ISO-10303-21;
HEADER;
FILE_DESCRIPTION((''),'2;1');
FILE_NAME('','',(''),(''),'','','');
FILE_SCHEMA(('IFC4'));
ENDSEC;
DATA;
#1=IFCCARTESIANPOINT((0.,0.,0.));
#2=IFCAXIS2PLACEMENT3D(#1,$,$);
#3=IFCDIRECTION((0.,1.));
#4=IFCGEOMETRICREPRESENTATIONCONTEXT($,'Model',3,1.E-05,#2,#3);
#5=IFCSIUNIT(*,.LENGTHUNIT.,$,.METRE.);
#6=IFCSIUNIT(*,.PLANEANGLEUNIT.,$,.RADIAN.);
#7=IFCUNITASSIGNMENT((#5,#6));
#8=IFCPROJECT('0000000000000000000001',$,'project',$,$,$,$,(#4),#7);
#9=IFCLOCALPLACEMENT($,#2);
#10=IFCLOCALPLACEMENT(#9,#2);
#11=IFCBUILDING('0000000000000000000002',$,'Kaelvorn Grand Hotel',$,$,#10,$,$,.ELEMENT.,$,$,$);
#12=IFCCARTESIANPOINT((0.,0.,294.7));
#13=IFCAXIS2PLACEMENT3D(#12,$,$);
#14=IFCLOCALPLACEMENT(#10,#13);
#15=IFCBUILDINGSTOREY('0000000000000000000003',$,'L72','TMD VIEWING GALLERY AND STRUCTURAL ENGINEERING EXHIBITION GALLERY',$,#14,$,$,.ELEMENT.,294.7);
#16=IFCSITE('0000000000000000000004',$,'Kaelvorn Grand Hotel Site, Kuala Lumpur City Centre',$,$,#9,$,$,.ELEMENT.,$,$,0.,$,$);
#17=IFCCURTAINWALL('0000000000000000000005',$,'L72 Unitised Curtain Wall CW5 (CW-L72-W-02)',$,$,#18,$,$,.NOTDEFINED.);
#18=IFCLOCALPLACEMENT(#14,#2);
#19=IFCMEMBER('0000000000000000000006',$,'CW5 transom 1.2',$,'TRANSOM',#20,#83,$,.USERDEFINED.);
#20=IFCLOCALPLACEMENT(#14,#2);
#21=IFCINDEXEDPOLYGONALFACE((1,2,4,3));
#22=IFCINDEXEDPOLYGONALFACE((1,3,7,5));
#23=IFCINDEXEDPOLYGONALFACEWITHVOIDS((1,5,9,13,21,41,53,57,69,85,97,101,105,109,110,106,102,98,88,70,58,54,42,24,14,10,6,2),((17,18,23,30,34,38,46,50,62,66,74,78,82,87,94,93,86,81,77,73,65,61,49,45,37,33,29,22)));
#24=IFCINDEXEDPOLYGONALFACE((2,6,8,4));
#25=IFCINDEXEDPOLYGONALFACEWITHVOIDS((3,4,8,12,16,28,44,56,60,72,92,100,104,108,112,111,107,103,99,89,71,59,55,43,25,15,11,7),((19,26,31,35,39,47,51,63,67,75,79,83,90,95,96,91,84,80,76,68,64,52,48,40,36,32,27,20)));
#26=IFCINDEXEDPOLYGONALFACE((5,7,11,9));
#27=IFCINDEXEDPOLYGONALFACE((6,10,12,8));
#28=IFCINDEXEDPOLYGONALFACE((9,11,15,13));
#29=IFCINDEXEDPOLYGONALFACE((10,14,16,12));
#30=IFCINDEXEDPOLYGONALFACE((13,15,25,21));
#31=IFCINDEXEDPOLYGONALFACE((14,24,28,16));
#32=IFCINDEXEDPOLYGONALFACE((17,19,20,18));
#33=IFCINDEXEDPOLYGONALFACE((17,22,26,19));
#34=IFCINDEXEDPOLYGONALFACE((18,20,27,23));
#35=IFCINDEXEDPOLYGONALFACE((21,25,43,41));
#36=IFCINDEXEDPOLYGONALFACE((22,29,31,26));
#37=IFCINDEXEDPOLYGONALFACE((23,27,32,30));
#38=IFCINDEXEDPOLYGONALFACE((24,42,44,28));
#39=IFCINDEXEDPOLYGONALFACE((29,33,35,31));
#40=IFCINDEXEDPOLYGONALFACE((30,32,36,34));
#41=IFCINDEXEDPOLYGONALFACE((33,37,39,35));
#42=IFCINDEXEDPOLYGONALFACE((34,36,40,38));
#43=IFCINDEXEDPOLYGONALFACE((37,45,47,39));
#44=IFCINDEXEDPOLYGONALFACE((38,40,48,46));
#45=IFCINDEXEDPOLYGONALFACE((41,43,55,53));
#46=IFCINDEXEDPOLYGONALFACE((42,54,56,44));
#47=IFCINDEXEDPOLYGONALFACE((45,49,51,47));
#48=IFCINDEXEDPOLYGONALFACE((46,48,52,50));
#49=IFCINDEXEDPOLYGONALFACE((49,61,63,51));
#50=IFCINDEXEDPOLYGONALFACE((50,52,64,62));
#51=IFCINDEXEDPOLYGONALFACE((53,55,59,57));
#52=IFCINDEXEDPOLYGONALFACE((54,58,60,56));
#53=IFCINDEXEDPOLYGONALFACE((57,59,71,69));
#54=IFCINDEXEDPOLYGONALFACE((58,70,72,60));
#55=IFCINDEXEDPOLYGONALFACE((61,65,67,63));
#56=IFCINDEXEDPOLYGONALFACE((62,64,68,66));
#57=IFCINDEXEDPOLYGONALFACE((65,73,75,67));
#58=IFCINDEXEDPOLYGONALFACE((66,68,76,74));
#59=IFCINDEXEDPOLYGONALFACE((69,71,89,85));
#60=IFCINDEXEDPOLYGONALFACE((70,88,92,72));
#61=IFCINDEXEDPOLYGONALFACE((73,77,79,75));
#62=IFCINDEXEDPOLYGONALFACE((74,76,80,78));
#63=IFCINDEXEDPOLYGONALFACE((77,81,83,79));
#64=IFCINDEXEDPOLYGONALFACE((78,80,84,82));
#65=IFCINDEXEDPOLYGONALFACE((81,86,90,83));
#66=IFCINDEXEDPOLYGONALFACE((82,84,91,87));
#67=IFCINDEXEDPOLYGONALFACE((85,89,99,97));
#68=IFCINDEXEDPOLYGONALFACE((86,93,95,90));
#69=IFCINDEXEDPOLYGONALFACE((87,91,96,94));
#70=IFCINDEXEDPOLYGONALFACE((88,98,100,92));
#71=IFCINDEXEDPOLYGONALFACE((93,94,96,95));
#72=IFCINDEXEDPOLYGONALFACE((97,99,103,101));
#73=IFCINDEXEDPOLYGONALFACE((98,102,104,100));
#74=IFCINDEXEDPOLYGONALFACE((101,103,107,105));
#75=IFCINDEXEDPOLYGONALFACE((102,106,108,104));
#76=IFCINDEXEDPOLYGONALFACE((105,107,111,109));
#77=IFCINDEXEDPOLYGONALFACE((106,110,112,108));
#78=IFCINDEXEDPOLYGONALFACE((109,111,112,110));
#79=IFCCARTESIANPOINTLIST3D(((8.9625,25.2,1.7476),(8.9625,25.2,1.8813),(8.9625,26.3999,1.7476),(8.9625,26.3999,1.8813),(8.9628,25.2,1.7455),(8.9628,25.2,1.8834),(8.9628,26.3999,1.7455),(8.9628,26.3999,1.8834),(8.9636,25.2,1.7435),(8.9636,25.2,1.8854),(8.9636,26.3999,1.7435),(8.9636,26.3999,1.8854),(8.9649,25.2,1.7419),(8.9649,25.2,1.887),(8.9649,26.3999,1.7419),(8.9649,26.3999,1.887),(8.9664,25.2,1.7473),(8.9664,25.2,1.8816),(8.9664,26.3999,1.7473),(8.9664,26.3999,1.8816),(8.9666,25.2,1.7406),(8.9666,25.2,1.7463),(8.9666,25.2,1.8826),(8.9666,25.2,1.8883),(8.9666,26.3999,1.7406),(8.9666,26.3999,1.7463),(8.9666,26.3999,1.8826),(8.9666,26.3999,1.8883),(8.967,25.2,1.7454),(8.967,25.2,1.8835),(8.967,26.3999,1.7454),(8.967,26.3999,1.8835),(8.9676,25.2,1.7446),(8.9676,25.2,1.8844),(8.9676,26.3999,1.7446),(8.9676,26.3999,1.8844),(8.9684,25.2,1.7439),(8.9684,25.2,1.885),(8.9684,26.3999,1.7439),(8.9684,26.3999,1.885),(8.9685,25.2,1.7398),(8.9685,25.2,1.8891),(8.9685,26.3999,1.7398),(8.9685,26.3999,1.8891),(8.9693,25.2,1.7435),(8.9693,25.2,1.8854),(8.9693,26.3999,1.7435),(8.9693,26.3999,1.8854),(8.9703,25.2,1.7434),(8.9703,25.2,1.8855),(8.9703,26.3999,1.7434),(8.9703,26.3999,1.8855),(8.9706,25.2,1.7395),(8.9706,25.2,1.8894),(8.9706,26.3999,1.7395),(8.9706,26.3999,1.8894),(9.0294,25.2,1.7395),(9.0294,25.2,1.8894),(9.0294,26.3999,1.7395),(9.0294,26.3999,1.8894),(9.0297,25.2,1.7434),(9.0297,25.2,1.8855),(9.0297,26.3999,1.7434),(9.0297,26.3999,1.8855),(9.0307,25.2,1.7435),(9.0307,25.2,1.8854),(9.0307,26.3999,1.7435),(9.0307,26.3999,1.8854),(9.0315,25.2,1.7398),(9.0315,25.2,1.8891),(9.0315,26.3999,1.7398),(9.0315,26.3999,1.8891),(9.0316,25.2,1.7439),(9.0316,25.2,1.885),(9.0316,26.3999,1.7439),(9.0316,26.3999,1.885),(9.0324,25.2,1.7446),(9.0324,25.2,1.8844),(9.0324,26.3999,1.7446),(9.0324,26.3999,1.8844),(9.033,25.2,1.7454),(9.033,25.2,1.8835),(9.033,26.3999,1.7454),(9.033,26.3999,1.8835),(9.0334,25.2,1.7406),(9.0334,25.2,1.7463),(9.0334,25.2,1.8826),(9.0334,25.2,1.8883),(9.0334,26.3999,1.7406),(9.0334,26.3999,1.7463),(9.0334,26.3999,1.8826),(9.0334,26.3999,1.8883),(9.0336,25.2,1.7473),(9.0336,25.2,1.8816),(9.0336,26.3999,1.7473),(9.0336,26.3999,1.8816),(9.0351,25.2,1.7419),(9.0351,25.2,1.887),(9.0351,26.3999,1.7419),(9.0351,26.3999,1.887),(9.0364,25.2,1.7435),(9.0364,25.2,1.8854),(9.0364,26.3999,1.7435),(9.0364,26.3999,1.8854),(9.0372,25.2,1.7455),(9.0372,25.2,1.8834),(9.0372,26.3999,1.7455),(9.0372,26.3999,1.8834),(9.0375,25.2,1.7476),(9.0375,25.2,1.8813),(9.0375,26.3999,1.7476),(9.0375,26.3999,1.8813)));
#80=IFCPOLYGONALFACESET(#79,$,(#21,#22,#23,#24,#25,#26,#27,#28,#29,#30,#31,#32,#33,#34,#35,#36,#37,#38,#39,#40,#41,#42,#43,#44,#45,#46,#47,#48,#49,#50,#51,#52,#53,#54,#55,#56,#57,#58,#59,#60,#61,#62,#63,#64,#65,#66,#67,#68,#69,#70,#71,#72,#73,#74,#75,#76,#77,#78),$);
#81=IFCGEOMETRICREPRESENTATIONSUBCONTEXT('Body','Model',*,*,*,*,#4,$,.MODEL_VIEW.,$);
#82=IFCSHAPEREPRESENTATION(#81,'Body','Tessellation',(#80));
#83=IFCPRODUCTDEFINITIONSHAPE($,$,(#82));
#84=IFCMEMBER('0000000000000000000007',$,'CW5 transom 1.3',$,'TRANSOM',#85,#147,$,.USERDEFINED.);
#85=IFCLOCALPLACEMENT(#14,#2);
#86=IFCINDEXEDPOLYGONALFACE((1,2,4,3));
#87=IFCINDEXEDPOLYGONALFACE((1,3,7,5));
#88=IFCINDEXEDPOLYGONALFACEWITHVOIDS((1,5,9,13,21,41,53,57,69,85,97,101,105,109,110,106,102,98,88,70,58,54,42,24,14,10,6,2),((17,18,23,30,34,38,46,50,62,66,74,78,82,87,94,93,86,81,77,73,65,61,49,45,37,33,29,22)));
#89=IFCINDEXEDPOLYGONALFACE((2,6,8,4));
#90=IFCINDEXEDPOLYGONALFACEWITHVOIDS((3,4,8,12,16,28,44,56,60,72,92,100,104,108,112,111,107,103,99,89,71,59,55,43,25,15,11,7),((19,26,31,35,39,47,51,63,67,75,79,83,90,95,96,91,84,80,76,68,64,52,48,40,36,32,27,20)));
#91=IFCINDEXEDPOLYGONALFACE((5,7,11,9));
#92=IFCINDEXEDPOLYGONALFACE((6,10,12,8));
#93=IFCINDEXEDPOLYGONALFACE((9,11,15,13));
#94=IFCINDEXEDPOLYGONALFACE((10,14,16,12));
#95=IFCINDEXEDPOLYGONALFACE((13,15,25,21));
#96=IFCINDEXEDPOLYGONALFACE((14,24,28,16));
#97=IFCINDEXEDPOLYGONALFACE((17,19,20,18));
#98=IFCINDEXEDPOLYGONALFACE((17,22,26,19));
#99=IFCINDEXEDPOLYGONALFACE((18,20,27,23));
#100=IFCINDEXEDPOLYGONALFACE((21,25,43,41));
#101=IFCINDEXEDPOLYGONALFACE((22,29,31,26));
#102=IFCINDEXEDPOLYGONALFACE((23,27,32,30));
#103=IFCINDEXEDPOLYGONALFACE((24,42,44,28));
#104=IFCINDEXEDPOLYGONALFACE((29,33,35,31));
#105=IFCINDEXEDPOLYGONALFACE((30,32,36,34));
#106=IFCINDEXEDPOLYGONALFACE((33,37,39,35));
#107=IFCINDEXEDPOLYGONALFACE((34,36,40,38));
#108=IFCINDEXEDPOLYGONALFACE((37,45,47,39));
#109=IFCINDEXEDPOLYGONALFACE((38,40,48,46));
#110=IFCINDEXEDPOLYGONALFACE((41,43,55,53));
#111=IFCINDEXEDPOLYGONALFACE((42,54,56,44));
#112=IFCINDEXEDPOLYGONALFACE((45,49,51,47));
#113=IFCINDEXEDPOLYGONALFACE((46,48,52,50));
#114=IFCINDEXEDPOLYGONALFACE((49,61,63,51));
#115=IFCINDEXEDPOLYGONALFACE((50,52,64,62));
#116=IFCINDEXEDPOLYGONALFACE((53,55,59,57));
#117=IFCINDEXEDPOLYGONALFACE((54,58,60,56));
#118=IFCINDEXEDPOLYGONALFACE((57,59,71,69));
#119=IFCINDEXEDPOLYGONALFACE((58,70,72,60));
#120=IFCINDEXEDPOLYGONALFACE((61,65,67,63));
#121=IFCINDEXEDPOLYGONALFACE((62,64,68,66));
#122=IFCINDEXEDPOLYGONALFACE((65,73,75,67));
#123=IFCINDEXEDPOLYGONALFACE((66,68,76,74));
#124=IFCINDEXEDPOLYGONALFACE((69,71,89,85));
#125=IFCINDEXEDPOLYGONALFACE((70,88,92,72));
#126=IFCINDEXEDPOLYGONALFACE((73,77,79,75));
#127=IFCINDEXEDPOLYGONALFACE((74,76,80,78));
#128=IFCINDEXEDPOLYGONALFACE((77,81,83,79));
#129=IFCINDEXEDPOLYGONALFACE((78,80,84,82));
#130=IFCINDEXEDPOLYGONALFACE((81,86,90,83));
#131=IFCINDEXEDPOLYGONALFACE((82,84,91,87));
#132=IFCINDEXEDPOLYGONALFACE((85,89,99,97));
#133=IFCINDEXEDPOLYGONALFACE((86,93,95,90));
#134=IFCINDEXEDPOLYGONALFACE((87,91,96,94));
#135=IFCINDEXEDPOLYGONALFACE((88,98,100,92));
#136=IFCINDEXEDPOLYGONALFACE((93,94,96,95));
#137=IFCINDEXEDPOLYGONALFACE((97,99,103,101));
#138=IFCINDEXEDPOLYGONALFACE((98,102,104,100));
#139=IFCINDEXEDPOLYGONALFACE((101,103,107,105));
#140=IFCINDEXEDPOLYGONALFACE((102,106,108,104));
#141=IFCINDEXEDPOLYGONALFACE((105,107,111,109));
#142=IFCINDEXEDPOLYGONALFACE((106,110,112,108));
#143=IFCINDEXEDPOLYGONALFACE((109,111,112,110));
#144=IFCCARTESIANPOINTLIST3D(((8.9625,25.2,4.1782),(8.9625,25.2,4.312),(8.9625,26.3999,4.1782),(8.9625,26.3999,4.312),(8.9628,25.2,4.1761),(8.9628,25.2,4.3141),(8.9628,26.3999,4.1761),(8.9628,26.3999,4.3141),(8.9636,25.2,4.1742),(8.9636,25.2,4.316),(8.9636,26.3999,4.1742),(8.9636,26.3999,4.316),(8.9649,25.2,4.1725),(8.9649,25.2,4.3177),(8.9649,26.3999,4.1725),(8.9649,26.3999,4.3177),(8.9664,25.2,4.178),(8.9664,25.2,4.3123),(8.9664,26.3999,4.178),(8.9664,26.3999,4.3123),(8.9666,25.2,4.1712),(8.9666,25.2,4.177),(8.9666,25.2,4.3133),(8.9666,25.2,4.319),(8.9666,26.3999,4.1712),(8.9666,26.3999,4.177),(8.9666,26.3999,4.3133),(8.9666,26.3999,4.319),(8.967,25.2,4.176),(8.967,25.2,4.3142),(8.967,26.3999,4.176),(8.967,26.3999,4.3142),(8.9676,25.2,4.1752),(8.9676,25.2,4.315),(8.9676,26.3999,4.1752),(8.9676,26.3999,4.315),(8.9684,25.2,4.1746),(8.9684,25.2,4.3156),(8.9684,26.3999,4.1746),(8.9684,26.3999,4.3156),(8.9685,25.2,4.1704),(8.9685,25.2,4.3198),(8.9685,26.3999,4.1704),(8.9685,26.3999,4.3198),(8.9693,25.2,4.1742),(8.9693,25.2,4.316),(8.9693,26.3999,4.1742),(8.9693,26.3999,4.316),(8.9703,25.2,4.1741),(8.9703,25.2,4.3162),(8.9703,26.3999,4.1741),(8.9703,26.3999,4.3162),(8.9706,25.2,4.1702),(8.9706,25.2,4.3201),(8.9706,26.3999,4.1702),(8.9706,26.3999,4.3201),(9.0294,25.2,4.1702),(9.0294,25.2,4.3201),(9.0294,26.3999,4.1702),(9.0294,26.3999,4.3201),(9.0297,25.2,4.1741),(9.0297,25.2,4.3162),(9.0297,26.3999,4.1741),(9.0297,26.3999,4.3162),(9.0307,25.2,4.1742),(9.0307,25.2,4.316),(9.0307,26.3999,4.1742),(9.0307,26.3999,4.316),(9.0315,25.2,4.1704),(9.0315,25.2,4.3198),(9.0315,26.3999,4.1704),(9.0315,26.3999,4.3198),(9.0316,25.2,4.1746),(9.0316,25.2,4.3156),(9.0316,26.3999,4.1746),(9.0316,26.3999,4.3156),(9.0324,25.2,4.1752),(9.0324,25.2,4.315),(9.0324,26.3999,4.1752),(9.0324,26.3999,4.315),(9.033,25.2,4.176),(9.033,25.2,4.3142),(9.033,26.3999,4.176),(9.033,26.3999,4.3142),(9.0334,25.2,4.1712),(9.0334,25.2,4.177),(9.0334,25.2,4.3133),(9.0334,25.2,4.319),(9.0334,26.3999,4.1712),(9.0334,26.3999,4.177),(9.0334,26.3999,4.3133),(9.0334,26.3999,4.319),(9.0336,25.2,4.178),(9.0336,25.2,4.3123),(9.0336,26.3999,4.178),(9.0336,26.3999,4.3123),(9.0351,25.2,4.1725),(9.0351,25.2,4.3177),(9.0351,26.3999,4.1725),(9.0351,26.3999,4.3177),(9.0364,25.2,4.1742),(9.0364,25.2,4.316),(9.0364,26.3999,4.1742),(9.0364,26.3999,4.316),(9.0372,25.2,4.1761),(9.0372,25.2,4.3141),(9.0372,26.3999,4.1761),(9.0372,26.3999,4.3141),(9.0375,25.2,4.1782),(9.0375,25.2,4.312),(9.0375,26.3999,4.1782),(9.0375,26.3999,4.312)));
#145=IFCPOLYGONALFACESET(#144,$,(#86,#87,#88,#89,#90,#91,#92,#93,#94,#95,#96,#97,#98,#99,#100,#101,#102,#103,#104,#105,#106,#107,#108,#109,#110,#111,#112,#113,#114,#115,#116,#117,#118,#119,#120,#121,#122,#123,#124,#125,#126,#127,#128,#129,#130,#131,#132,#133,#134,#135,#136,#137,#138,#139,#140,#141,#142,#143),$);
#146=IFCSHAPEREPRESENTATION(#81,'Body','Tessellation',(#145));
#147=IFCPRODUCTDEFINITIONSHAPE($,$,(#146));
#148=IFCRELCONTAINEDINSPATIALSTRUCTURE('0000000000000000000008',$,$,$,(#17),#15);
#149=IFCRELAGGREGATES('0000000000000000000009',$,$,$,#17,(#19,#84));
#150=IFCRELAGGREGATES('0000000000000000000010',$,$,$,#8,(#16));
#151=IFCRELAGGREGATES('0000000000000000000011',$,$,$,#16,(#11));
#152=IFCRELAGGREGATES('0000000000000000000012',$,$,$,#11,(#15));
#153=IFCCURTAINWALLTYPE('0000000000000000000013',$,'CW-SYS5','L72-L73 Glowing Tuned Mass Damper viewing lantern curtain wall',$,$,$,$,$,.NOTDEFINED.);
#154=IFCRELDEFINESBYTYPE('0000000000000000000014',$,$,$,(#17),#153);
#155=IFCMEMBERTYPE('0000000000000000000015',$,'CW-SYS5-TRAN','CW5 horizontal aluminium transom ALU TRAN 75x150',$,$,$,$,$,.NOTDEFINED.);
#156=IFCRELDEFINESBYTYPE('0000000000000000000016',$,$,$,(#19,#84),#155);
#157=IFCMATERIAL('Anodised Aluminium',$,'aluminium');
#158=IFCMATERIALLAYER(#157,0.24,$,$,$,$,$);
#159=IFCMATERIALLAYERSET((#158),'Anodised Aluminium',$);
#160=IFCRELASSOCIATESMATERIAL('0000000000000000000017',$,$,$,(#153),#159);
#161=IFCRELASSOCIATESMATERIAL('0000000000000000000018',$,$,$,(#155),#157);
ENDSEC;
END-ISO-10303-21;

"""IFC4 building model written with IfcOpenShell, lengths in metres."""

from ifc_helpers import new_model, si_unit, direction, frame, origin, origin_2d, place, context, subcontext, project, spatial, hollow_rectangle, extrude, material, layer, layer_set, material_profile, profile_set, type_object, element, aggregate, save


model = new_model("IFC4")

# Units and contexts
model_context = context("Model", 3, precision=1e-05, world=origin(), true_north=direction((0.0, 1.0)))
body_context = subcontext(model_context, "Body", "Model", "MODEL_VIEW")
ifc_project = project(units=[si_unit("LENGTHUNIT", "METRE"), si_unit("PLANEANGLEUNIT", "RADIAN")], contexts=[model_context])

# Site, building, storey
site_placement = place(None, origin())
site = spatial("IfcSite", under=ifc_project, at=site_placement, Name="Kaelvorn Grand Hotel Site, Kuala Lumpur City Centre", CompositionType="ELEMENT", RefElevation=0.0)
building_placement = place(site_placement, origin())
building = spatial("IfcBuilding", under=site, at=building_placement, Name="Kaelvorn Grand Hotel", CompositionType="ELEMENT")
storey_placement = place(building_placement, frame((0.0, 0.0, 294.7)))
storey = spatial("IfcBuildingStorey", under=building, at=storey_placement, Name="L72", Description="TMD VIEWING GALLERY AND STRUCTURAL ENGINEERING EXHIBITION GALLERY", CompositionType="ELEMENT", Elevation=294.7)

# Shared definitions
ifc_material_1 = material(Name="Anodised Aluminium", Category="aluminium")
ifc_layer_1 = layer(ifc_material_1, 0.24)
ifc_layer_set_1 = layer_set([ifc_layer_1], Name="Anodised Aluminium")
curtain_wall_type = type_object("IfcCurtainWallType", Name="CW-SYS5", Description="L72-L73 Glowing Tuned Mass Damper viewing lantern curtain wall", PredefinedType="NOTDEFINED", material=ifc_layer_set_1)

# Curtain wall, members
curtain_wall_1_placement = place(storey_placement, origin())
curtain_wall_1 = element("IfcCurtainWall", 1, at=curtain_wall_1_placement, inside=storey, type_object=curtain_wall_type, Name="L72 Unitised Curtain Wall CW5 (CW-L72-W-02)", PredefinedType="NOTDEFINED")
ifc_material_profile_1 = material_profile(ifc_material_1, hollow_rectangle(XDim=0.075, YDim=0.1499, WallThickness=0.0039, InnerFilletRadius=0.0039, OuterFilletRadius=0.0081, at=origin_2d()), Name="ALU TRAN 75x150")
ifc_profile_set_1 = profile_set([ifc_material_profile_1], Name="Anodised Aluminium")
member_type_1 = type_object("IfcMemberType", Name="CW-SYS5-TRAN", Description="CW5 horizontal aluminium transom ALU TRAN 75x150", PredefinedType="NOTDEFINED", material=ifc_profile_set_1)
member_1_placement = place(storey_placement, frame((9.0, 26.3999, 1.8145), z_axis=(0.0, -1.0, 0.0), x_axis=(1.0, 0.0, 0.0)))
member_1 = element("IfcMember", 2, at=member_1_placement, type_object=member_type_1, Name="CW5 transom 1.2", ObjectType="TRANSOM", PredefinedType="USERDEFINED", context=body_context, shape_type="SweptSolid", body=[
    extrude(hollow_rectangle(XDim=0.075, YDim=0.1499, WallThickness=0.0039, InnerFilletRadius=0.0039, OuterFilletRadius=0.0081, at=origin_2d()), origin(), (0.0, 0.0, 1.0), 1.2),
])
member_2_placement = place(storey_placement, frame((9.0, 26.3999, 4.2451), z_axis=(0.0, -1.0, 0.0), x_axis=(1.0, 0.0, 0.0)))
member_2 = element("IfcMember", 3, at=member_2_placement, type_object=member_type_1, Name="CW5 transom 1.3", ObjectType="TRANSOM", PredefinedType="USERDEFINED", context=body_context, shape_type="SweptSolid", body=[
    extrude(hollow_rectangle(XDim=0.075, YDim=0.1499, WallThickness=0.0039, InnerFilletRadius=0.0039, OuterFilletRadius=0.0081, at=origin_2d()), origin(), (0.0, 0.0, 1.0), 1.2),
])

aggregate(curtain_wall_1, [member_1, member_2])

save(model, "model.ifc")
